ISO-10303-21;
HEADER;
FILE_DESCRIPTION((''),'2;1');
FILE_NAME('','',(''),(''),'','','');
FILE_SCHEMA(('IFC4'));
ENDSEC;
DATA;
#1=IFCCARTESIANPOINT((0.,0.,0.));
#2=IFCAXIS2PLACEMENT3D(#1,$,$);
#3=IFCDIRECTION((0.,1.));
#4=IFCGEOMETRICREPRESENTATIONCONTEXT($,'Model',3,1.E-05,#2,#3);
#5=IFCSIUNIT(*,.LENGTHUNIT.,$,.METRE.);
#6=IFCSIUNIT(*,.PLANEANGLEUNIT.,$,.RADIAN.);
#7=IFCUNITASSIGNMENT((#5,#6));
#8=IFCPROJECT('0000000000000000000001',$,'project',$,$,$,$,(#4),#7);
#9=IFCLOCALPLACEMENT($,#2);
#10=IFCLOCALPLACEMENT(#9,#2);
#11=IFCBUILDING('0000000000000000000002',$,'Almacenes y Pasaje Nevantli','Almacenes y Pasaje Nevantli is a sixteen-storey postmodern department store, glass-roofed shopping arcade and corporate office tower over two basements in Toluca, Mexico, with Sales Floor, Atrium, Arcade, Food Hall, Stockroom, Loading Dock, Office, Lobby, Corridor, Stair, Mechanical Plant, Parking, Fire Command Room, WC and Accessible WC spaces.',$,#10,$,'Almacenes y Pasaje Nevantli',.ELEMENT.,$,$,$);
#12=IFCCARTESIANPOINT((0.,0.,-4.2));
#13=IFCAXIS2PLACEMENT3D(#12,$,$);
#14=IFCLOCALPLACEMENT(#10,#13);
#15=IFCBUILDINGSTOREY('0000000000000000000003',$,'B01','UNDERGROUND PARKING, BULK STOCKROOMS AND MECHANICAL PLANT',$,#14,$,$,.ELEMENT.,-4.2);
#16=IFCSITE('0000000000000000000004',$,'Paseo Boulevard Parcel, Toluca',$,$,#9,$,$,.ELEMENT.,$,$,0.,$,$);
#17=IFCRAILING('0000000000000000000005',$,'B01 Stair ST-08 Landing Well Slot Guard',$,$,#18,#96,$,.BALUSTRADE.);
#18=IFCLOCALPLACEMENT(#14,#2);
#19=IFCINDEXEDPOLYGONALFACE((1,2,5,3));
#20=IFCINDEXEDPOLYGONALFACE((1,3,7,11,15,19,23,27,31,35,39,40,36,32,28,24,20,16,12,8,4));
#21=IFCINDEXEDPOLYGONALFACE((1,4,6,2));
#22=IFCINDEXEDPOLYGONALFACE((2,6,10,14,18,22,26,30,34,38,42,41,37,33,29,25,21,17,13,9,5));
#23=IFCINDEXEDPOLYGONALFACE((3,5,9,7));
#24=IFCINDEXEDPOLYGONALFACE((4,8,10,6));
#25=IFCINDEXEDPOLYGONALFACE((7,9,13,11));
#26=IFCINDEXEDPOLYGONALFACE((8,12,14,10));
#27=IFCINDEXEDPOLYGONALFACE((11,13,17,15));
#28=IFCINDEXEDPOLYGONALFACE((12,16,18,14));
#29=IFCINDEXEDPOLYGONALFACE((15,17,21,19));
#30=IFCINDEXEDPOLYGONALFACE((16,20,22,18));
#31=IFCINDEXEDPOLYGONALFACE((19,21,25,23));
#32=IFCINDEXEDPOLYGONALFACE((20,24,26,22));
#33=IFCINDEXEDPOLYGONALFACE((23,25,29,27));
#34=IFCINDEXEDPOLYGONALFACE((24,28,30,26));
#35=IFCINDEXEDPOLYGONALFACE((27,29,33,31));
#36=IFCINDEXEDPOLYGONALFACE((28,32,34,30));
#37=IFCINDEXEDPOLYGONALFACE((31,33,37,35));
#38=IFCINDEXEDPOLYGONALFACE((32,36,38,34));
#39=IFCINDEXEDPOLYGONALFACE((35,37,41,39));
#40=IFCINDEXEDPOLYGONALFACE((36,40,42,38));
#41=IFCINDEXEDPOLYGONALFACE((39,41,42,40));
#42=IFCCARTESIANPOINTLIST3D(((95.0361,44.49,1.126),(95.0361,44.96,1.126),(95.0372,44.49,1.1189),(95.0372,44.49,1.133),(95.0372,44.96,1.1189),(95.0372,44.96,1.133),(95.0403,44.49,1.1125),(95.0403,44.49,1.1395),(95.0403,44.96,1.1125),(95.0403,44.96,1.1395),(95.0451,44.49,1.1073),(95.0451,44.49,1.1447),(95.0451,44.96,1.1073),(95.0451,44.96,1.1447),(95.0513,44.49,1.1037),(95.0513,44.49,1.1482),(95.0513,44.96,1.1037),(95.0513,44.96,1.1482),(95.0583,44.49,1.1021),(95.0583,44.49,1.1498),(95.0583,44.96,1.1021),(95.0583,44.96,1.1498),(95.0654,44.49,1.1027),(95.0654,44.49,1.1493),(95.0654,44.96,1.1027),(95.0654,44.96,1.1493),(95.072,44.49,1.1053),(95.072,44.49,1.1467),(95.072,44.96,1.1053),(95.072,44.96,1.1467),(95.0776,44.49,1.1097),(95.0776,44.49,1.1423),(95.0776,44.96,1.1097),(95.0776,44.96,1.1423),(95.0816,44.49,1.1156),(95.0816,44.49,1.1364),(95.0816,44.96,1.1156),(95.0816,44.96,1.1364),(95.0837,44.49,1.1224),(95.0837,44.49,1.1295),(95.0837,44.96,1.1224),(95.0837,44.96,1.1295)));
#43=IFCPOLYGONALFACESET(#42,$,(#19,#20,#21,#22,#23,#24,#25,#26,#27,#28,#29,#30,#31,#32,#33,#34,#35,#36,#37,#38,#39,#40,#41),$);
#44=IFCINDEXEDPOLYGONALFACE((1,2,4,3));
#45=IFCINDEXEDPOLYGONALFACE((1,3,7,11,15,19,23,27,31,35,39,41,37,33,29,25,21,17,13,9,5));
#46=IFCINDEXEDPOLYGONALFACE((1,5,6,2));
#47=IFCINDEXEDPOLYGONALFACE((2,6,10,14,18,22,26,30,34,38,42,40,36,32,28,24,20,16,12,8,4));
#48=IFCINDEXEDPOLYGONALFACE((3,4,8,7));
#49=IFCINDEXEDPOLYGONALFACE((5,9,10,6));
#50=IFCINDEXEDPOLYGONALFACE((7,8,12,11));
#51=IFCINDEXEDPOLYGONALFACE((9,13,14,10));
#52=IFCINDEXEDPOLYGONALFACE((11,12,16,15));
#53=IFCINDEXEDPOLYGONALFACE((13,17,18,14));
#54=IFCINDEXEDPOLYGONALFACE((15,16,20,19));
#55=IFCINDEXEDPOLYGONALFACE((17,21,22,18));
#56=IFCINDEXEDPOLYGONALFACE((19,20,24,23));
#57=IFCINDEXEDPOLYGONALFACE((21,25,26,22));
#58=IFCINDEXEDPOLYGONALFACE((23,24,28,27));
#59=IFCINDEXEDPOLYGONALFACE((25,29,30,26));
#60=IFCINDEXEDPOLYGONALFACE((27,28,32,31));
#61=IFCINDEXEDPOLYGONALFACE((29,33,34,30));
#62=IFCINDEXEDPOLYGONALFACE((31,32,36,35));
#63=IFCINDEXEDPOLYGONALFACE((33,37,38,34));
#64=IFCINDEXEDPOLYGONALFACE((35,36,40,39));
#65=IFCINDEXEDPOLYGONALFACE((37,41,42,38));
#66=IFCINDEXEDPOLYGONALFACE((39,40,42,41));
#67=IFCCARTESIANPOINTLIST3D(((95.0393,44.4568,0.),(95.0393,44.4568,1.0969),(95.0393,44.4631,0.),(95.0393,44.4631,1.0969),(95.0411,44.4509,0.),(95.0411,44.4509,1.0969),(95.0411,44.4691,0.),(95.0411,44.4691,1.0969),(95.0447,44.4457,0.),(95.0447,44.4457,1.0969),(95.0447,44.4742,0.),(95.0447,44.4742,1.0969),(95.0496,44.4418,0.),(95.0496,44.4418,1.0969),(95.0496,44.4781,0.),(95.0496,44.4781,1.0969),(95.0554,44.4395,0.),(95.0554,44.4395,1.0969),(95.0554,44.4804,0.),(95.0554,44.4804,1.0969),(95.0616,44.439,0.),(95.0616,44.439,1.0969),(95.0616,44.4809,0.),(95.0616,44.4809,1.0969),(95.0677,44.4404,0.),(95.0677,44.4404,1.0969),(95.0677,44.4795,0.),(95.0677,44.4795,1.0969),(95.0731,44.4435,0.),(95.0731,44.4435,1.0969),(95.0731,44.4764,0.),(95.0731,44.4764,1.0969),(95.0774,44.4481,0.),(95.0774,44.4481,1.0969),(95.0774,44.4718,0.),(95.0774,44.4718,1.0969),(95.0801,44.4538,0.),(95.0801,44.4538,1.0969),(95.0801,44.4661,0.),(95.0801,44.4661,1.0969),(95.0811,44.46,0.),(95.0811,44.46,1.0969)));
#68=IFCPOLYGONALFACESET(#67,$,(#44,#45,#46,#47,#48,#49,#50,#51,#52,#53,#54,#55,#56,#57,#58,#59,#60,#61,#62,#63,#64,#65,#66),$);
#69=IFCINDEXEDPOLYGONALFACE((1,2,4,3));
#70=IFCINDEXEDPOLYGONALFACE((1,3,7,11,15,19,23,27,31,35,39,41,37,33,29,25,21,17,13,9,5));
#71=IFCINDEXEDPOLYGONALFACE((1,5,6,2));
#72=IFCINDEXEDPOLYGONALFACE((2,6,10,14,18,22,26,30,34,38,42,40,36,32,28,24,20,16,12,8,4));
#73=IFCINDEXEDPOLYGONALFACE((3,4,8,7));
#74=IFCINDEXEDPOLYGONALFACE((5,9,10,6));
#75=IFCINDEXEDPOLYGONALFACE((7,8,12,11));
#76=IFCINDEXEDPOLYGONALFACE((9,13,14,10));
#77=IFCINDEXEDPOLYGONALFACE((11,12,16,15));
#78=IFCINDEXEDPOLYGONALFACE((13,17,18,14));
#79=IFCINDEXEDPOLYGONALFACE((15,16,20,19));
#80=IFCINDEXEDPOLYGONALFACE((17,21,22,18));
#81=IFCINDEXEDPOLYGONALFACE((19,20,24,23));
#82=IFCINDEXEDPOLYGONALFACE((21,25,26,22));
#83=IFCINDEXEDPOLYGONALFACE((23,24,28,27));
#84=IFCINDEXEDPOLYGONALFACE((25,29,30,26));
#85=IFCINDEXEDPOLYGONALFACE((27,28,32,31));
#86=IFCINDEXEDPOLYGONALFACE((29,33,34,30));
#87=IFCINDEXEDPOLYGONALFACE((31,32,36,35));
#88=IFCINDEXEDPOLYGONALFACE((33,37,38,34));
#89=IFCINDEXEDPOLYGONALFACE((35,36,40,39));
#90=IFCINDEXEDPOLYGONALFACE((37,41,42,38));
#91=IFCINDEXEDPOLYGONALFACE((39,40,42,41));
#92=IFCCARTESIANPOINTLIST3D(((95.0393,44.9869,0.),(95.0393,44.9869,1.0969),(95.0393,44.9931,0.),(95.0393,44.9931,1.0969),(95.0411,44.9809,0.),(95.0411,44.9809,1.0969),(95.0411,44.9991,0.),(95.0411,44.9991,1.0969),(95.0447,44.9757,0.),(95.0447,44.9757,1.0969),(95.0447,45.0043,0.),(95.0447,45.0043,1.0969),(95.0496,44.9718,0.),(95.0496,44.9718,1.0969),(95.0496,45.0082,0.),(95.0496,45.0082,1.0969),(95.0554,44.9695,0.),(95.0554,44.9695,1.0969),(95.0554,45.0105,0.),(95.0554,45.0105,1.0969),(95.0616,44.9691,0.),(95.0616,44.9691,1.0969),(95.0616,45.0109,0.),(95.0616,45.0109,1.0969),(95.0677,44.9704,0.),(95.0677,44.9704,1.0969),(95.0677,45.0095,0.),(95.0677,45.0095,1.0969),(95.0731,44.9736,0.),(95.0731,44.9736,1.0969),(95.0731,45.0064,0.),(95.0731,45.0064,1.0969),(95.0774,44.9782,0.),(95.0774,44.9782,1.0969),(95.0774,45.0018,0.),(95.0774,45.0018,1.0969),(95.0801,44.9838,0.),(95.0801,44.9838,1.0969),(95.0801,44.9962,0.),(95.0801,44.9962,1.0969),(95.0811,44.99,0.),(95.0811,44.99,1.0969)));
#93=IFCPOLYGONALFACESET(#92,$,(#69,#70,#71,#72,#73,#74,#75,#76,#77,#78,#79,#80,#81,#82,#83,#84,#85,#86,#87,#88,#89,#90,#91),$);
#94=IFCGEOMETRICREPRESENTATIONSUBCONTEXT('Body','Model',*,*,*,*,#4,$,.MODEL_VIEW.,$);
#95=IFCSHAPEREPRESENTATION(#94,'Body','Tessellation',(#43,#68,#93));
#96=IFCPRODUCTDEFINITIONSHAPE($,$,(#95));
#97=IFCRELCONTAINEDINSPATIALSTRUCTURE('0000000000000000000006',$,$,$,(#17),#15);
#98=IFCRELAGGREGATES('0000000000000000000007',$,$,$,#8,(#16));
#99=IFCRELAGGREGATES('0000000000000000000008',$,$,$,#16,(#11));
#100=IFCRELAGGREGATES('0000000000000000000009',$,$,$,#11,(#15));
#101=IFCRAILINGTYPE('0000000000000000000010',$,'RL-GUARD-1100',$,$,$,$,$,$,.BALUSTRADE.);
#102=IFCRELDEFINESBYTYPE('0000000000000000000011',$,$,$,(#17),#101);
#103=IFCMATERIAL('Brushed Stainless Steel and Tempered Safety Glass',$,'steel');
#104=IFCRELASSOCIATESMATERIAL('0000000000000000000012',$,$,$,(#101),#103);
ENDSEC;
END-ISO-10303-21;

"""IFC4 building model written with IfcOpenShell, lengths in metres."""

from ifc_helpers import new_model, si_unit, direction, frame, origin, origin_2d, place, context, subcontext, project, spatial, circle, extrude, material, type_object, element, save


model = new_model("IFC4")

# Units and contexts
model_context = context("Model", 3, precision=1e-05, world=origin(), true_north=direction((0.0, 1.0)))
body_context = subcontext(model_context, "Body", "Model", "MODEL_VIEW")
ifc_project = project(units=[si_unit("LENGTHUNIT", "METRE"), si_unit("PLANEANGLEUNIT", "RADIAN")], contexts=[model_context])

# Site, building, storey
site_placement = place(None, origin())
site = spatial("IfcSite", under=ifc_project, at=site_placement, Name="Paseo Boulevard Parcel, Toluca", CompositionType="ELEMENT", RefElevation=0.0)
building_placement = place(site_placement, origin())
building = spatial("IfcBuilding", under=site, at=building_placement, Name="Almacenes y Pasaje Nevantli", Description="Almacenes y Pasaje Nevantli is a sixteen-storey postmodern department store, glass-roofed shopping arcade and corporate office tower over two basements in Toluca, Mexico, with Sales Floor, Atrium, Arcade, Food Hall, Stockroom, Loading Dock, Office, Lobby, Corridor, Stair, Mechanical Plant, Parking, Fire Command Room, WC and Accessible WC spaces.", LongName="Almacenes y Pasaje Nevantli", CompositionType="ELEMENT")
storey_placement = place(building_placement, frame((0.0, 0.0, -4.2)))
storey = spatial("IfcBuildingStorey", under=building, at=storey_placement, Name="B01", Description="UNDERGROUND PARKING, BULK STOCKROOMS AND MECHANICAL PLANT", CompositionType="ELEMENT", Elevation=-4.2)

# Railing
ifc_material_1 = material(Name="Brushed Stainless Steel and Tempered Safety Glass", Category="steel")
railing_type = type_object("IfcRailingType", Name="RL-GUARD-1100", PredefinedType="BALUSTRADE", material=ifc_material_1)
railing_placement = place(storey_placement, frame((95.0601, 44.46, 0.0)))
element("IfcRailing", 1, at=railing_placement, inside=storey, type_object=railing_type, Name="B01 Stair ST-08 Landing Well Slot Guard", PredefinedType="BALUSTRADE", context=body_context, shape_type="SweptSolid", body=[
    extrude(circle(Radius=0.0239, at=origin_2d()), frame((0.0, 0.03, 1.126), z_axis=(0.0, 1.0, 0.0), x_axis=(-1.0, 0.0, 0.0)), (0.0, 0.0, 1.0), 0.47),
    extrude(circle(Radius=0.021, at=origin_2d()), origin(), (0.0, 0.0, 1.0), 1.0969),
    extrude(circle(Radius=0.021, at=origin_2d()), frame((0.0, 0.53, 0.0)), (0.0, 0.0, 1.0), 1.0969),
])

save(model, "model.ifc")
